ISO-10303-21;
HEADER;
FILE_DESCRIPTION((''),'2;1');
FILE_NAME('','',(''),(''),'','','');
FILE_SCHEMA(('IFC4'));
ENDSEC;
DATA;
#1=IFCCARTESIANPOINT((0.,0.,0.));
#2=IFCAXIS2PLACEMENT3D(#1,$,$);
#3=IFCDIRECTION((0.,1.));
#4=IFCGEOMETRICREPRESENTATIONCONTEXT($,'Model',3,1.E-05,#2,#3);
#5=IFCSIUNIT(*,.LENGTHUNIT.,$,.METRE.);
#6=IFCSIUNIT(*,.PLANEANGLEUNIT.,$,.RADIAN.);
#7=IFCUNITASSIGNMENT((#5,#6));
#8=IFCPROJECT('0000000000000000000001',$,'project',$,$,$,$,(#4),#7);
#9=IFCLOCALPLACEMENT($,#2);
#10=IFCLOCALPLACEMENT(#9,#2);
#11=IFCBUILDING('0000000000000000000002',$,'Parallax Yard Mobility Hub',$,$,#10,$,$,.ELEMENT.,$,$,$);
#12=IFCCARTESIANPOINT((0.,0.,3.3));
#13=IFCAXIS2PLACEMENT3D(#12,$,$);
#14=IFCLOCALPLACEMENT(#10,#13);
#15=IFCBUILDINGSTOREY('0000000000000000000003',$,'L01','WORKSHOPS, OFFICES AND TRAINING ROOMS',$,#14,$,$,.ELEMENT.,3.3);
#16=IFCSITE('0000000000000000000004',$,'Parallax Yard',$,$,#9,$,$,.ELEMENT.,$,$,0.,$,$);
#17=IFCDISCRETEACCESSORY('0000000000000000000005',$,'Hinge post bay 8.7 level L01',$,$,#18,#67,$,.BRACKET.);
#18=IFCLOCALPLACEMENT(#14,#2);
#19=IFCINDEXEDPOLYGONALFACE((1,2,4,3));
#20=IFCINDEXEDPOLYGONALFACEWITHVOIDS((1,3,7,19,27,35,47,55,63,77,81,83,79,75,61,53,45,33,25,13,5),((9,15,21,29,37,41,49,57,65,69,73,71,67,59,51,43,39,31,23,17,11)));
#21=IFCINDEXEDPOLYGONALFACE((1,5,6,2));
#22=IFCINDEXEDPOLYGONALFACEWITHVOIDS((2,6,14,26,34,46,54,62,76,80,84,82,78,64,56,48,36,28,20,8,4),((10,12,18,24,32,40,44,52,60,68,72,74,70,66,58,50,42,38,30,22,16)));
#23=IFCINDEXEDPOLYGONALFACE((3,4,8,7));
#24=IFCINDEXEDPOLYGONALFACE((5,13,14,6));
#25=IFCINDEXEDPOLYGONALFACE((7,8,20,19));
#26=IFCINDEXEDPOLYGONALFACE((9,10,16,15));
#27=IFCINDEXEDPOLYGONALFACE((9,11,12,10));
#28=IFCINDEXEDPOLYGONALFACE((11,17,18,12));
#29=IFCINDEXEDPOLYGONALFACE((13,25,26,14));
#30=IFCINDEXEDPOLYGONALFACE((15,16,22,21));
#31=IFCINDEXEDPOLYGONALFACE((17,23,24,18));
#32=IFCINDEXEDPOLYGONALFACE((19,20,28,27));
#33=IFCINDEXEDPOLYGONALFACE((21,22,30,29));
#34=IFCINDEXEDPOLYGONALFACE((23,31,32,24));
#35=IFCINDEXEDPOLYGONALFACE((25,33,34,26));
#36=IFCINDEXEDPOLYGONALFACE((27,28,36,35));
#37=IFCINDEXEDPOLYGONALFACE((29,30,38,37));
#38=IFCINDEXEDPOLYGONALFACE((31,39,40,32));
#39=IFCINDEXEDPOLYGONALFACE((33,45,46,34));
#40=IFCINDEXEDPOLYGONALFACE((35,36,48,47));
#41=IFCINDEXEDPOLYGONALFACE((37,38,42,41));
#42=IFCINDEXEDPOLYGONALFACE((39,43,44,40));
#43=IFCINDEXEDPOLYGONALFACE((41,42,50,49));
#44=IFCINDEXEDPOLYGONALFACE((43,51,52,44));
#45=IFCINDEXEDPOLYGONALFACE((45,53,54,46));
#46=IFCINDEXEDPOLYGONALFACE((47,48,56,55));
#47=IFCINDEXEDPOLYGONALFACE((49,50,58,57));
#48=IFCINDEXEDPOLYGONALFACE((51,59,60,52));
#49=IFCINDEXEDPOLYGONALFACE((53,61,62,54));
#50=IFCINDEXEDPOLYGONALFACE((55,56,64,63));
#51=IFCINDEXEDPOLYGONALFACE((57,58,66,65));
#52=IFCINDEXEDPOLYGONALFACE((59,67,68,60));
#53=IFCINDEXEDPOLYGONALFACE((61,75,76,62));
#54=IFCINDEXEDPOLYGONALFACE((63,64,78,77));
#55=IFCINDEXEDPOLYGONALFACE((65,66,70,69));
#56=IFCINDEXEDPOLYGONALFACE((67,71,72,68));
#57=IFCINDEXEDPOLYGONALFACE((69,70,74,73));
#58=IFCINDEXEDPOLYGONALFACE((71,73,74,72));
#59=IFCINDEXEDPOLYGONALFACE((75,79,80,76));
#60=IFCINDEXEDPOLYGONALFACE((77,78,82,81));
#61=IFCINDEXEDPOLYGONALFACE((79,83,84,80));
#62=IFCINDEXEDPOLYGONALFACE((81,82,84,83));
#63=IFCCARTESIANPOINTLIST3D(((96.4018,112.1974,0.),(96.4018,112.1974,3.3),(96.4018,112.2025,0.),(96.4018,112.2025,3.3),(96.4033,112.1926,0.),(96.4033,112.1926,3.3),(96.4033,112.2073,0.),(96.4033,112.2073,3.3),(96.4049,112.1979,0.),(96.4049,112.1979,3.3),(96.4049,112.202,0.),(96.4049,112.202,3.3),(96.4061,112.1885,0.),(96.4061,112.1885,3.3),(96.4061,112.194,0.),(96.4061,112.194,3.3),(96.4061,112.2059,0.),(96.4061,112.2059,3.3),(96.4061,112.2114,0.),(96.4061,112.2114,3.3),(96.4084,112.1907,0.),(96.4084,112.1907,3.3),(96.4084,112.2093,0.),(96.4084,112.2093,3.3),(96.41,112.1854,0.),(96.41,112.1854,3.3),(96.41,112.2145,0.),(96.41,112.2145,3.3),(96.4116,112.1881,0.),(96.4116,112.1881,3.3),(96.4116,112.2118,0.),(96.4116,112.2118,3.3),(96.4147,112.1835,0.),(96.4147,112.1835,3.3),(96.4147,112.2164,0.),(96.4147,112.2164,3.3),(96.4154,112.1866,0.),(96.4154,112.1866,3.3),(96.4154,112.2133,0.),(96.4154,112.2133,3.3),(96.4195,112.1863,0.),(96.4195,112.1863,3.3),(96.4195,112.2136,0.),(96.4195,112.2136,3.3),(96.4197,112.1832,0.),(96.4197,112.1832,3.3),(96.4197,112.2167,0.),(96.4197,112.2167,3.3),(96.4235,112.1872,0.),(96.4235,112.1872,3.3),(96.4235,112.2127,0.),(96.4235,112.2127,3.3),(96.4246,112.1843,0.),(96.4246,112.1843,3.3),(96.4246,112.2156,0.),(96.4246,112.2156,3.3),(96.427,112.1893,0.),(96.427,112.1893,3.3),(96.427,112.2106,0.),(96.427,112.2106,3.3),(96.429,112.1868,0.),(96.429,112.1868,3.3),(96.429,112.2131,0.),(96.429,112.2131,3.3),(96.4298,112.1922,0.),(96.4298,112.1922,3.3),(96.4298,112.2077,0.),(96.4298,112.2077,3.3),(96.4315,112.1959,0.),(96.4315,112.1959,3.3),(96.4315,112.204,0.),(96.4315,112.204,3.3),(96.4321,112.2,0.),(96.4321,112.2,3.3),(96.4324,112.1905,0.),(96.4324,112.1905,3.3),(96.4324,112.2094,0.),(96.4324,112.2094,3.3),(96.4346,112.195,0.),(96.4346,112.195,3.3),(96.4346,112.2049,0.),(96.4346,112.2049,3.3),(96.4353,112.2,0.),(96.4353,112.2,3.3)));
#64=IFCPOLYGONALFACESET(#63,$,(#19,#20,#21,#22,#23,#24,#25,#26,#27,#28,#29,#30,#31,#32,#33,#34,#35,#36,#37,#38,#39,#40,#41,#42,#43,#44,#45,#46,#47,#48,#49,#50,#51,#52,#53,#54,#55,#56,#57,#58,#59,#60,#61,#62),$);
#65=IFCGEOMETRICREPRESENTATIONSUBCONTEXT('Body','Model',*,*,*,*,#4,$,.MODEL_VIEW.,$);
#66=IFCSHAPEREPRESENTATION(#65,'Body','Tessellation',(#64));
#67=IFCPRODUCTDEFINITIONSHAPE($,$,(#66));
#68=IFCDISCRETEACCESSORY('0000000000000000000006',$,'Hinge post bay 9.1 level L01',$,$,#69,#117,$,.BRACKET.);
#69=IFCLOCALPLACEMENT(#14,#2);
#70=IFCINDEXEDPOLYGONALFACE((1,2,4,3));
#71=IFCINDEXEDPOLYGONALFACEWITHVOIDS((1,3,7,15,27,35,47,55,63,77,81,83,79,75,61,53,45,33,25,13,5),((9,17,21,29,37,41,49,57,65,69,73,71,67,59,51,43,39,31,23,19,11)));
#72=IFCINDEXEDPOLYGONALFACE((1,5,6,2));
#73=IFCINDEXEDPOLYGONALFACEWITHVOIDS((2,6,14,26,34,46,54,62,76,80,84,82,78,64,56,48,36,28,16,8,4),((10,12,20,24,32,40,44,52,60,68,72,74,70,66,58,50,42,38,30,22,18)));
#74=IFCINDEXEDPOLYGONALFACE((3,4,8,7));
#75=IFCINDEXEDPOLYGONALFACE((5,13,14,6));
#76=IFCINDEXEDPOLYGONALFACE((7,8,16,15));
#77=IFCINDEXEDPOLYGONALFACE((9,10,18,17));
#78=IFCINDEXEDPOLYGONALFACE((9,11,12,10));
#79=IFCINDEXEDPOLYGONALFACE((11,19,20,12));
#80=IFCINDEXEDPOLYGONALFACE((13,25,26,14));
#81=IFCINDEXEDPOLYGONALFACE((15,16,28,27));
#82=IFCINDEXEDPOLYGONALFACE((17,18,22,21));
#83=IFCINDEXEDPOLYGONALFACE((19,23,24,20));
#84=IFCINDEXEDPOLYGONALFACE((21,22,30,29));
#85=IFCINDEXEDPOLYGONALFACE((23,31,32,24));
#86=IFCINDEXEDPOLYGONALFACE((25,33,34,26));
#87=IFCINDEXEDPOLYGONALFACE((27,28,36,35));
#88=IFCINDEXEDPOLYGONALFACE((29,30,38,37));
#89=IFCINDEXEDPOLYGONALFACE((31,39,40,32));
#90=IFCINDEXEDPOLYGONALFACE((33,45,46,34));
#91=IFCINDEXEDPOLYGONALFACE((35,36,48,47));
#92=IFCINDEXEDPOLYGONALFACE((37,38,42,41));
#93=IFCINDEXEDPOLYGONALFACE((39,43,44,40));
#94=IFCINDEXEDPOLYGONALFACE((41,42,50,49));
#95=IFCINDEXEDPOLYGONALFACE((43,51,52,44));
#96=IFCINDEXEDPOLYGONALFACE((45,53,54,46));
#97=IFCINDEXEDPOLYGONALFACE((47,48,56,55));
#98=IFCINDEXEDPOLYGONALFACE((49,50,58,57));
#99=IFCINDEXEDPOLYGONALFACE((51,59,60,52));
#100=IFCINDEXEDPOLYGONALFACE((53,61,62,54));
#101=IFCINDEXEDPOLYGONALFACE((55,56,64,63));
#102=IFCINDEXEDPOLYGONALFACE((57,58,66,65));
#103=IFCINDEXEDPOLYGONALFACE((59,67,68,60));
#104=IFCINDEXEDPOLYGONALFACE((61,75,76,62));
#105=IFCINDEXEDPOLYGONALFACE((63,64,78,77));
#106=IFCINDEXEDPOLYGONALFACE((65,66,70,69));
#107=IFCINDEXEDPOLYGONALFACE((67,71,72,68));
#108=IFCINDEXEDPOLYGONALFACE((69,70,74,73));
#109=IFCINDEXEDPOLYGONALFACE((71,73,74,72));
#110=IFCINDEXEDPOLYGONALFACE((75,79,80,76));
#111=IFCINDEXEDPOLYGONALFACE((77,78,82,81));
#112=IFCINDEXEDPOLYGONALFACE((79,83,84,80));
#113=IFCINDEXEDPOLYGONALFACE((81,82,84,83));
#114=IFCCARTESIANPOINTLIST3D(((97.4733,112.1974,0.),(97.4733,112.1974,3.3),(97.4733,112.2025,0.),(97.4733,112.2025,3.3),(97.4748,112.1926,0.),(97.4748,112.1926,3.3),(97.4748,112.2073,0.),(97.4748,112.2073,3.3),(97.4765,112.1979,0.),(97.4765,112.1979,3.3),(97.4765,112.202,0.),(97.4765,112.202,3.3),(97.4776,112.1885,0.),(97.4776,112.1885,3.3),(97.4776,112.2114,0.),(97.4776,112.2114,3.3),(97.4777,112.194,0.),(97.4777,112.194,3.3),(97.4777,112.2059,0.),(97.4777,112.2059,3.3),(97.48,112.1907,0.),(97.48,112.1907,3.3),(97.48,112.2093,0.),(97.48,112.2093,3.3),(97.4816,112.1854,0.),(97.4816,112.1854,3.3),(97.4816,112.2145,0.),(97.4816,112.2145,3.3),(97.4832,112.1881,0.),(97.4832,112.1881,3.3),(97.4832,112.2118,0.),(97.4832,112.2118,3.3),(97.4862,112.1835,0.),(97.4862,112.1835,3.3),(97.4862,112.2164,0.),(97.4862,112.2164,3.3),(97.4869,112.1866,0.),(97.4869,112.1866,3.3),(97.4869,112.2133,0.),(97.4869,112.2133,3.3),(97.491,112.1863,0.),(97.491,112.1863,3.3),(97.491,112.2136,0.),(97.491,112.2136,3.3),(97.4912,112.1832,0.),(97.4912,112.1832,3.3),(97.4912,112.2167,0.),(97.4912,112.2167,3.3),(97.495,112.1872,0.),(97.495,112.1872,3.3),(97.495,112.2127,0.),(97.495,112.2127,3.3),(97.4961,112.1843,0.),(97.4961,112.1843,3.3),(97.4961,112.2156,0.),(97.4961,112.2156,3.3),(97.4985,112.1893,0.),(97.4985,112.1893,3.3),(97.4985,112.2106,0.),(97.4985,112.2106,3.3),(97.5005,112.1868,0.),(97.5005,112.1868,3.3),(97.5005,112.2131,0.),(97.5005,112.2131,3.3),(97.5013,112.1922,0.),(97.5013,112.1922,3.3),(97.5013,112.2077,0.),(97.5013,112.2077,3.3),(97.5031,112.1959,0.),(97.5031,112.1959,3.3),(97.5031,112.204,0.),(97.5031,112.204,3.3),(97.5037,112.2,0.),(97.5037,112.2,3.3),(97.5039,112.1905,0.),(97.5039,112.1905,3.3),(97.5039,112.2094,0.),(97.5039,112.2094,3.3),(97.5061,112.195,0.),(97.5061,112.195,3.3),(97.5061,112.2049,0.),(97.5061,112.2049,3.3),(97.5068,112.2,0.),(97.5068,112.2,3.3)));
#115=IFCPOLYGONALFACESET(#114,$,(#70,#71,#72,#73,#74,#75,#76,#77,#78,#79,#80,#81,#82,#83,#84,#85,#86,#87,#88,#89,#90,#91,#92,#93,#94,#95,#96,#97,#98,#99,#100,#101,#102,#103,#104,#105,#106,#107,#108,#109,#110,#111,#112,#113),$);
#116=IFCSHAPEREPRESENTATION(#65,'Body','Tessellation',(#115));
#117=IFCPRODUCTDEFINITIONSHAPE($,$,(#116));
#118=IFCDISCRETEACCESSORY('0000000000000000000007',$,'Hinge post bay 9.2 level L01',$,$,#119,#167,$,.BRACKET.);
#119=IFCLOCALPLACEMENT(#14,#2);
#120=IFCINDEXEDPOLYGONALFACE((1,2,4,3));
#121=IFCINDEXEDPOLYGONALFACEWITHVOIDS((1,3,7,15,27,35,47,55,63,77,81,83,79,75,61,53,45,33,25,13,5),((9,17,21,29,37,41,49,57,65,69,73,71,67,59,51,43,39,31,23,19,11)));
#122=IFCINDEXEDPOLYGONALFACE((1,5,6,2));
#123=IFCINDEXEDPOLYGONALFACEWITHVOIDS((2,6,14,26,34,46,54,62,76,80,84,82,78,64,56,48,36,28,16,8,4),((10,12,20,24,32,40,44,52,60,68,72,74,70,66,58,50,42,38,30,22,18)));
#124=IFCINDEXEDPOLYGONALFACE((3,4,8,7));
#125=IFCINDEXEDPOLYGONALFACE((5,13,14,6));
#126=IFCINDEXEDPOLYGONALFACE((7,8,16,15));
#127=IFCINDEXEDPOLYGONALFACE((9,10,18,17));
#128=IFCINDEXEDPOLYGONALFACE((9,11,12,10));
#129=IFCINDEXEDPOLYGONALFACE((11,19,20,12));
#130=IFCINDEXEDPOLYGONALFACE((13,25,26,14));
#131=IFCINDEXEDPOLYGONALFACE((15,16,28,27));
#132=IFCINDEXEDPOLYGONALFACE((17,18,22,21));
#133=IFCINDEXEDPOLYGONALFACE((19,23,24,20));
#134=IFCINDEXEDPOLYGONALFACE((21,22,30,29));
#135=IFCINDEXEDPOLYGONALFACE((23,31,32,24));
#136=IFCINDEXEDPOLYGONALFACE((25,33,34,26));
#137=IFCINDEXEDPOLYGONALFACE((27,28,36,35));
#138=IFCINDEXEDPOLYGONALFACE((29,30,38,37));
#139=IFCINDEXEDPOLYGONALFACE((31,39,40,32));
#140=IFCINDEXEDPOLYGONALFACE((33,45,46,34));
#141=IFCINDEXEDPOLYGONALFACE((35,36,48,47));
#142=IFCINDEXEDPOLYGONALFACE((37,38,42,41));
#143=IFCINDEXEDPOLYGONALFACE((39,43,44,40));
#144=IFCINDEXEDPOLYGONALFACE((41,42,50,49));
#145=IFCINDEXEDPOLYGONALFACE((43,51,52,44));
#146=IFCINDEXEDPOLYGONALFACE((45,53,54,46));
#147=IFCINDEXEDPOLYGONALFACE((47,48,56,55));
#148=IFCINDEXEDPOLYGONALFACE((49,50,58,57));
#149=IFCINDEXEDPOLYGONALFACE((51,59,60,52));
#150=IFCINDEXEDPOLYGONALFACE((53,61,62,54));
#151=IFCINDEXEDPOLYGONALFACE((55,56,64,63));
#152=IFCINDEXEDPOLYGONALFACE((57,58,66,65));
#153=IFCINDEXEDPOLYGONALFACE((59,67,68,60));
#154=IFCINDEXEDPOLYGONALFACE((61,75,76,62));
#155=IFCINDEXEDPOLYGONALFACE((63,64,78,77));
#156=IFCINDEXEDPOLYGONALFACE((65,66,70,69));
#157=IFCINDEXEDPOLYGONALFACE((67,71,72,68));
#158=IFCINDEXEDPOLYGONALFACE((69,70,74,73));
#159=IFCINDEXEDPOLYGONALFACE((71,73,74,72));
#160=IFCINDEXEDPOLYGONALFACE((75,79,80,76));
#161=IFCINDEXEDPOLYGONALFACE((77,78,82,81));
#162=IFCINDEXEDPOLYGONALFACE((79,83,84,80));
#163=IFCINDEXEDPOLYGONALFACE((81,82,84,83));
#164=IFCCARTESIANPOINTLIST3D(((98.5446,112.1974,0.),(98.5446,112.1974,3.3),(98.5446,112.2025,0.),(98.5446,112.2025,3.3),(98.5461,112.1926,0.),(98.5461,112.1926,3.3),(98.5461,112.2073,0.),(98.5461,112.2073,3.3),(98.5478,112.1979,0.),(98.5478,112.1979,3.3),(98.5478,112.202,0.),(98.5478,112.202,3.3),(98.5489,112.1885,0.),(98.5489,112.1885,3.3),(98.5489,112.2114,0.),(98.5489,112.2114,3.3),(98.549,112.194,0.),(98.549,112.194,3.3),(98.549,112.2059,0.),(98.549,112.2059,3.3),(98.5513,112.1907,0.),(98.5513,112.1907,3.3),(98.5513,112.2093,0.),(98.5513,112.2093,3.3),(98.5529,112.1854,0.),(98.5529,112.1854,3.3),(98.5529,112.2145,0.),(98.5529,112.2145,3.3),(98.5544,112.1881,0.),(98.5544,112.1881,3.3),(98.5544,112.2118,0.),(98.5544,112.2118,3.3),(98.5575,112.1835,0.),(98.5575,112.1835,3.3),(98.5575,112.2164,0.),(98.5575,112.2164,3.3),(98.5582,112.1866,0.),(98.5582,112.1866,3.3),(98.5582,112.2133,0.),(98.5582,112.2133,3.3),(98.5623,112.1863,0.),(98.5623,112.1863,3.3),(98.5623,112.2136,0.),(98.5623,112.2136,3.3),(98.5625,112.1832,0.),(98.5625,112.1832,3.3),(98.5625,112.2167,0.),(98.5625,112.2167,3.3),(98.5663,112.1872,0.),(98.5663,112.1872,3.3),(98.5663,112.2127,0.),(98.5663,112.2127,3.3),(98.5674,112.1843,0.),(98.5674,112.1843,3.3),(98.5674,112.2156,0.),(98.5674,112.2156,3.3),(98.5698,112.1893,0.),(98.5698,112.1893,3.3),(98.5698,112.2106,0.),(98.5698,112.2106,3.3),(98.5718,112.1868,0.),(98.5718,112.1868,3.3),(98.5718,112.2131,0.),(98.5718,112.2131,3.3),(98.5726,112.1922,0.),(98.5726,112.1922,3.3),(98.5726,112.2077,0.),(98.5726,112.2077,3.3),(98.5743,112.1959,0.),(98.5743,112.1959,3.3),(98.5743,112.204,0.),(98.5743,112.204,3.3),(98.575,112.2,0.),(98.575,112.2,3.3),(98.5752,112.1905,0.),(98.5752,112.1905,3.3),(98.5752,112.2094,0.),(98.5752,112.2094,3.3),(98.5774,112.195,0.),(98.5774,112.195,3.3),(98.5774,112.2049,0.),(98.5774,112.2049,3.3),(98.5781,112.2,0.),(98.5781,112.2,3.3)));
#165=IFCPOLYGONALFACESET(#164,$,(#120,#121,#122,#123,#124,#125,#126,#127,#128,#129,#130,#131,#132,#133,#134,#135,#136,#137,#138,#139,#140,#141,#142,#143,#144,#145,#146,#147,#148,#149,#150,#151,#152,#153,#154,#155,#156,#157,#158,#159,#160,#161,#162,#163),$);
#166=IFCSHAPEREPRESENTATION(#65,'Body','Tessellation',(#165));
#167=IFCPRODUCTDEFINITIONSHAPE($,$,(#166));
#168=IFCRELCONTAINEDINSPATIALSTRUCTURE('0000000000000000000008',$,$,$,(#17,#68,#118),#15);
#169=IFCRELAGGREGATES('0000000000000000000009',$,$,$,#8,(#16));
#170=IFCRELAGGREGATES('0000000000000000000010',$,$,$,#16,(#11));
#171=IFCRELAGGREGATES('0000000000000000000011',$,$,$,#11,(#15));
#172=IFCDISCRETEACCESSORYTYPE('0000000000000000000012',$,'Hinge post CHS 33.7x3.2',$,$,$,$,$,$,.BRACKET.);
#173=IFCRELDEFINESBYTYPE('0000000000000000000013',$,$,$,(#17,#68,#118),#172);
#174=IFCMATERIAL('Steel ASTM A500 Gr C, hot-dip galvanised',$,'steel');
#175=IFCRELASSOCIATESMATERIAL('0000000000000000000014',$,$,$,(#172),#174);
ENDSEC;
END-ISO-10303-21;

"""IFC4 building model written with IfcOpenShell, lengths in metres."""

from ifc_helpers import new_model, si_unit, direction, frame, origin, origin_2d, place, context, subcontext, project, spatial, hollow_circle, extrude, material, material_profile, profile_set, type_object, element, save


model = new_model("IFC4")

# Units and contexts
model_context = context("Model", 3, precision=1e-05, world=origin(), true_north=direction((0.0, 1.0)))
body_context = subcontext(model_context, "Body", "Model", "MODEL_VIEW")
ifc_project = project(units=[si_unit("LENGTHUNIT", "METRE"), si_unit("PLANEANGLEUNIT", "RADIAN")], contexts=[model_context])

# Site, building, storey
site_placement = place(None, origin())
site = spatial("IfcSite", under=ifc_project, at=site_placement, Name="Parallax Yard", CompositionType="ELEMENT", RefElevation=0.0)
building_placement = place(site_placement, origin())
building = spatial("IfcBuilding", under=site, at=building_placement, Name="Parallax Yard Mobility Hub", CompositionType="ELEMENT")
storey_placement = place(building_placement, frame((0.0, 0.0, 3.3)))
storey = spatial("IfcBuildingStorey", under=building, at=storey_placement, Name="L01", Description="WORKSHOPS, OFFICES AND TRAINING ROOMS", CompositionType="ELEMENT", Elevation=3.3)

# Discrete accessories
ifc_material_1 = material(Name="Steel ASTM A500 Gr C, hot-dip galvanised", Category="steel")
ifc_material_profile_1 = material_profile(ifc_material_1, hollow_circle(Radius=0.0168, WallThickness=0.0032, at=origin_2d()), Name="CHS 33.7x3.2")
ifc_profile_set_1 = profile_set([ifc_material_profile_1], Name="Steel ASTM A500 Gr C, hot-dip galvanised")
discrete_accessory_type_1 = type_object("IfcDiscreteAccessoryType", Name="Hinge post CHS 33.7x3.2", PredefinedType="BRACKET", material=ifc_profile_set_1)
for number, where, z_axis, x_axis, name in (
    (1, (96.4185, 112.2, 0.0), (0.0, 0.0, 1.0), (1.0, 0.0, 0.0), "Hinge post bay 8.7 level L01"),
    (2, (97.49, 112.2, 0.0), (0.0, 0.0, 1.0), (1.0, 0.0, 0.0), "Hinge post bay 9.1 level L01"),
    (3, (98.5613, 112.2, 0.0), (0.0, 0.0, 1.0), (1.0, 0.0, 0.0), "Hinge post bay 9.2 level L01"),
):
    element("IfcDiscreteAccessory", number, at=place(storey_placement, frame(where, z_axis=z_axis, x_axis=x_axis)), inside=storey, type_object=discrete_accessory_type_1, Name=name, PredefinedType="BRACKET", context=body_context, shape_type="SweptSolid", body=[
        extrude(hollow_circle(Radius=0.0168, WallThickness=0.0032, at=origin_2d()), origin(), (0.0, 0.0, 1.0), 3.3),
    ])

save(model, "model.ifc")
